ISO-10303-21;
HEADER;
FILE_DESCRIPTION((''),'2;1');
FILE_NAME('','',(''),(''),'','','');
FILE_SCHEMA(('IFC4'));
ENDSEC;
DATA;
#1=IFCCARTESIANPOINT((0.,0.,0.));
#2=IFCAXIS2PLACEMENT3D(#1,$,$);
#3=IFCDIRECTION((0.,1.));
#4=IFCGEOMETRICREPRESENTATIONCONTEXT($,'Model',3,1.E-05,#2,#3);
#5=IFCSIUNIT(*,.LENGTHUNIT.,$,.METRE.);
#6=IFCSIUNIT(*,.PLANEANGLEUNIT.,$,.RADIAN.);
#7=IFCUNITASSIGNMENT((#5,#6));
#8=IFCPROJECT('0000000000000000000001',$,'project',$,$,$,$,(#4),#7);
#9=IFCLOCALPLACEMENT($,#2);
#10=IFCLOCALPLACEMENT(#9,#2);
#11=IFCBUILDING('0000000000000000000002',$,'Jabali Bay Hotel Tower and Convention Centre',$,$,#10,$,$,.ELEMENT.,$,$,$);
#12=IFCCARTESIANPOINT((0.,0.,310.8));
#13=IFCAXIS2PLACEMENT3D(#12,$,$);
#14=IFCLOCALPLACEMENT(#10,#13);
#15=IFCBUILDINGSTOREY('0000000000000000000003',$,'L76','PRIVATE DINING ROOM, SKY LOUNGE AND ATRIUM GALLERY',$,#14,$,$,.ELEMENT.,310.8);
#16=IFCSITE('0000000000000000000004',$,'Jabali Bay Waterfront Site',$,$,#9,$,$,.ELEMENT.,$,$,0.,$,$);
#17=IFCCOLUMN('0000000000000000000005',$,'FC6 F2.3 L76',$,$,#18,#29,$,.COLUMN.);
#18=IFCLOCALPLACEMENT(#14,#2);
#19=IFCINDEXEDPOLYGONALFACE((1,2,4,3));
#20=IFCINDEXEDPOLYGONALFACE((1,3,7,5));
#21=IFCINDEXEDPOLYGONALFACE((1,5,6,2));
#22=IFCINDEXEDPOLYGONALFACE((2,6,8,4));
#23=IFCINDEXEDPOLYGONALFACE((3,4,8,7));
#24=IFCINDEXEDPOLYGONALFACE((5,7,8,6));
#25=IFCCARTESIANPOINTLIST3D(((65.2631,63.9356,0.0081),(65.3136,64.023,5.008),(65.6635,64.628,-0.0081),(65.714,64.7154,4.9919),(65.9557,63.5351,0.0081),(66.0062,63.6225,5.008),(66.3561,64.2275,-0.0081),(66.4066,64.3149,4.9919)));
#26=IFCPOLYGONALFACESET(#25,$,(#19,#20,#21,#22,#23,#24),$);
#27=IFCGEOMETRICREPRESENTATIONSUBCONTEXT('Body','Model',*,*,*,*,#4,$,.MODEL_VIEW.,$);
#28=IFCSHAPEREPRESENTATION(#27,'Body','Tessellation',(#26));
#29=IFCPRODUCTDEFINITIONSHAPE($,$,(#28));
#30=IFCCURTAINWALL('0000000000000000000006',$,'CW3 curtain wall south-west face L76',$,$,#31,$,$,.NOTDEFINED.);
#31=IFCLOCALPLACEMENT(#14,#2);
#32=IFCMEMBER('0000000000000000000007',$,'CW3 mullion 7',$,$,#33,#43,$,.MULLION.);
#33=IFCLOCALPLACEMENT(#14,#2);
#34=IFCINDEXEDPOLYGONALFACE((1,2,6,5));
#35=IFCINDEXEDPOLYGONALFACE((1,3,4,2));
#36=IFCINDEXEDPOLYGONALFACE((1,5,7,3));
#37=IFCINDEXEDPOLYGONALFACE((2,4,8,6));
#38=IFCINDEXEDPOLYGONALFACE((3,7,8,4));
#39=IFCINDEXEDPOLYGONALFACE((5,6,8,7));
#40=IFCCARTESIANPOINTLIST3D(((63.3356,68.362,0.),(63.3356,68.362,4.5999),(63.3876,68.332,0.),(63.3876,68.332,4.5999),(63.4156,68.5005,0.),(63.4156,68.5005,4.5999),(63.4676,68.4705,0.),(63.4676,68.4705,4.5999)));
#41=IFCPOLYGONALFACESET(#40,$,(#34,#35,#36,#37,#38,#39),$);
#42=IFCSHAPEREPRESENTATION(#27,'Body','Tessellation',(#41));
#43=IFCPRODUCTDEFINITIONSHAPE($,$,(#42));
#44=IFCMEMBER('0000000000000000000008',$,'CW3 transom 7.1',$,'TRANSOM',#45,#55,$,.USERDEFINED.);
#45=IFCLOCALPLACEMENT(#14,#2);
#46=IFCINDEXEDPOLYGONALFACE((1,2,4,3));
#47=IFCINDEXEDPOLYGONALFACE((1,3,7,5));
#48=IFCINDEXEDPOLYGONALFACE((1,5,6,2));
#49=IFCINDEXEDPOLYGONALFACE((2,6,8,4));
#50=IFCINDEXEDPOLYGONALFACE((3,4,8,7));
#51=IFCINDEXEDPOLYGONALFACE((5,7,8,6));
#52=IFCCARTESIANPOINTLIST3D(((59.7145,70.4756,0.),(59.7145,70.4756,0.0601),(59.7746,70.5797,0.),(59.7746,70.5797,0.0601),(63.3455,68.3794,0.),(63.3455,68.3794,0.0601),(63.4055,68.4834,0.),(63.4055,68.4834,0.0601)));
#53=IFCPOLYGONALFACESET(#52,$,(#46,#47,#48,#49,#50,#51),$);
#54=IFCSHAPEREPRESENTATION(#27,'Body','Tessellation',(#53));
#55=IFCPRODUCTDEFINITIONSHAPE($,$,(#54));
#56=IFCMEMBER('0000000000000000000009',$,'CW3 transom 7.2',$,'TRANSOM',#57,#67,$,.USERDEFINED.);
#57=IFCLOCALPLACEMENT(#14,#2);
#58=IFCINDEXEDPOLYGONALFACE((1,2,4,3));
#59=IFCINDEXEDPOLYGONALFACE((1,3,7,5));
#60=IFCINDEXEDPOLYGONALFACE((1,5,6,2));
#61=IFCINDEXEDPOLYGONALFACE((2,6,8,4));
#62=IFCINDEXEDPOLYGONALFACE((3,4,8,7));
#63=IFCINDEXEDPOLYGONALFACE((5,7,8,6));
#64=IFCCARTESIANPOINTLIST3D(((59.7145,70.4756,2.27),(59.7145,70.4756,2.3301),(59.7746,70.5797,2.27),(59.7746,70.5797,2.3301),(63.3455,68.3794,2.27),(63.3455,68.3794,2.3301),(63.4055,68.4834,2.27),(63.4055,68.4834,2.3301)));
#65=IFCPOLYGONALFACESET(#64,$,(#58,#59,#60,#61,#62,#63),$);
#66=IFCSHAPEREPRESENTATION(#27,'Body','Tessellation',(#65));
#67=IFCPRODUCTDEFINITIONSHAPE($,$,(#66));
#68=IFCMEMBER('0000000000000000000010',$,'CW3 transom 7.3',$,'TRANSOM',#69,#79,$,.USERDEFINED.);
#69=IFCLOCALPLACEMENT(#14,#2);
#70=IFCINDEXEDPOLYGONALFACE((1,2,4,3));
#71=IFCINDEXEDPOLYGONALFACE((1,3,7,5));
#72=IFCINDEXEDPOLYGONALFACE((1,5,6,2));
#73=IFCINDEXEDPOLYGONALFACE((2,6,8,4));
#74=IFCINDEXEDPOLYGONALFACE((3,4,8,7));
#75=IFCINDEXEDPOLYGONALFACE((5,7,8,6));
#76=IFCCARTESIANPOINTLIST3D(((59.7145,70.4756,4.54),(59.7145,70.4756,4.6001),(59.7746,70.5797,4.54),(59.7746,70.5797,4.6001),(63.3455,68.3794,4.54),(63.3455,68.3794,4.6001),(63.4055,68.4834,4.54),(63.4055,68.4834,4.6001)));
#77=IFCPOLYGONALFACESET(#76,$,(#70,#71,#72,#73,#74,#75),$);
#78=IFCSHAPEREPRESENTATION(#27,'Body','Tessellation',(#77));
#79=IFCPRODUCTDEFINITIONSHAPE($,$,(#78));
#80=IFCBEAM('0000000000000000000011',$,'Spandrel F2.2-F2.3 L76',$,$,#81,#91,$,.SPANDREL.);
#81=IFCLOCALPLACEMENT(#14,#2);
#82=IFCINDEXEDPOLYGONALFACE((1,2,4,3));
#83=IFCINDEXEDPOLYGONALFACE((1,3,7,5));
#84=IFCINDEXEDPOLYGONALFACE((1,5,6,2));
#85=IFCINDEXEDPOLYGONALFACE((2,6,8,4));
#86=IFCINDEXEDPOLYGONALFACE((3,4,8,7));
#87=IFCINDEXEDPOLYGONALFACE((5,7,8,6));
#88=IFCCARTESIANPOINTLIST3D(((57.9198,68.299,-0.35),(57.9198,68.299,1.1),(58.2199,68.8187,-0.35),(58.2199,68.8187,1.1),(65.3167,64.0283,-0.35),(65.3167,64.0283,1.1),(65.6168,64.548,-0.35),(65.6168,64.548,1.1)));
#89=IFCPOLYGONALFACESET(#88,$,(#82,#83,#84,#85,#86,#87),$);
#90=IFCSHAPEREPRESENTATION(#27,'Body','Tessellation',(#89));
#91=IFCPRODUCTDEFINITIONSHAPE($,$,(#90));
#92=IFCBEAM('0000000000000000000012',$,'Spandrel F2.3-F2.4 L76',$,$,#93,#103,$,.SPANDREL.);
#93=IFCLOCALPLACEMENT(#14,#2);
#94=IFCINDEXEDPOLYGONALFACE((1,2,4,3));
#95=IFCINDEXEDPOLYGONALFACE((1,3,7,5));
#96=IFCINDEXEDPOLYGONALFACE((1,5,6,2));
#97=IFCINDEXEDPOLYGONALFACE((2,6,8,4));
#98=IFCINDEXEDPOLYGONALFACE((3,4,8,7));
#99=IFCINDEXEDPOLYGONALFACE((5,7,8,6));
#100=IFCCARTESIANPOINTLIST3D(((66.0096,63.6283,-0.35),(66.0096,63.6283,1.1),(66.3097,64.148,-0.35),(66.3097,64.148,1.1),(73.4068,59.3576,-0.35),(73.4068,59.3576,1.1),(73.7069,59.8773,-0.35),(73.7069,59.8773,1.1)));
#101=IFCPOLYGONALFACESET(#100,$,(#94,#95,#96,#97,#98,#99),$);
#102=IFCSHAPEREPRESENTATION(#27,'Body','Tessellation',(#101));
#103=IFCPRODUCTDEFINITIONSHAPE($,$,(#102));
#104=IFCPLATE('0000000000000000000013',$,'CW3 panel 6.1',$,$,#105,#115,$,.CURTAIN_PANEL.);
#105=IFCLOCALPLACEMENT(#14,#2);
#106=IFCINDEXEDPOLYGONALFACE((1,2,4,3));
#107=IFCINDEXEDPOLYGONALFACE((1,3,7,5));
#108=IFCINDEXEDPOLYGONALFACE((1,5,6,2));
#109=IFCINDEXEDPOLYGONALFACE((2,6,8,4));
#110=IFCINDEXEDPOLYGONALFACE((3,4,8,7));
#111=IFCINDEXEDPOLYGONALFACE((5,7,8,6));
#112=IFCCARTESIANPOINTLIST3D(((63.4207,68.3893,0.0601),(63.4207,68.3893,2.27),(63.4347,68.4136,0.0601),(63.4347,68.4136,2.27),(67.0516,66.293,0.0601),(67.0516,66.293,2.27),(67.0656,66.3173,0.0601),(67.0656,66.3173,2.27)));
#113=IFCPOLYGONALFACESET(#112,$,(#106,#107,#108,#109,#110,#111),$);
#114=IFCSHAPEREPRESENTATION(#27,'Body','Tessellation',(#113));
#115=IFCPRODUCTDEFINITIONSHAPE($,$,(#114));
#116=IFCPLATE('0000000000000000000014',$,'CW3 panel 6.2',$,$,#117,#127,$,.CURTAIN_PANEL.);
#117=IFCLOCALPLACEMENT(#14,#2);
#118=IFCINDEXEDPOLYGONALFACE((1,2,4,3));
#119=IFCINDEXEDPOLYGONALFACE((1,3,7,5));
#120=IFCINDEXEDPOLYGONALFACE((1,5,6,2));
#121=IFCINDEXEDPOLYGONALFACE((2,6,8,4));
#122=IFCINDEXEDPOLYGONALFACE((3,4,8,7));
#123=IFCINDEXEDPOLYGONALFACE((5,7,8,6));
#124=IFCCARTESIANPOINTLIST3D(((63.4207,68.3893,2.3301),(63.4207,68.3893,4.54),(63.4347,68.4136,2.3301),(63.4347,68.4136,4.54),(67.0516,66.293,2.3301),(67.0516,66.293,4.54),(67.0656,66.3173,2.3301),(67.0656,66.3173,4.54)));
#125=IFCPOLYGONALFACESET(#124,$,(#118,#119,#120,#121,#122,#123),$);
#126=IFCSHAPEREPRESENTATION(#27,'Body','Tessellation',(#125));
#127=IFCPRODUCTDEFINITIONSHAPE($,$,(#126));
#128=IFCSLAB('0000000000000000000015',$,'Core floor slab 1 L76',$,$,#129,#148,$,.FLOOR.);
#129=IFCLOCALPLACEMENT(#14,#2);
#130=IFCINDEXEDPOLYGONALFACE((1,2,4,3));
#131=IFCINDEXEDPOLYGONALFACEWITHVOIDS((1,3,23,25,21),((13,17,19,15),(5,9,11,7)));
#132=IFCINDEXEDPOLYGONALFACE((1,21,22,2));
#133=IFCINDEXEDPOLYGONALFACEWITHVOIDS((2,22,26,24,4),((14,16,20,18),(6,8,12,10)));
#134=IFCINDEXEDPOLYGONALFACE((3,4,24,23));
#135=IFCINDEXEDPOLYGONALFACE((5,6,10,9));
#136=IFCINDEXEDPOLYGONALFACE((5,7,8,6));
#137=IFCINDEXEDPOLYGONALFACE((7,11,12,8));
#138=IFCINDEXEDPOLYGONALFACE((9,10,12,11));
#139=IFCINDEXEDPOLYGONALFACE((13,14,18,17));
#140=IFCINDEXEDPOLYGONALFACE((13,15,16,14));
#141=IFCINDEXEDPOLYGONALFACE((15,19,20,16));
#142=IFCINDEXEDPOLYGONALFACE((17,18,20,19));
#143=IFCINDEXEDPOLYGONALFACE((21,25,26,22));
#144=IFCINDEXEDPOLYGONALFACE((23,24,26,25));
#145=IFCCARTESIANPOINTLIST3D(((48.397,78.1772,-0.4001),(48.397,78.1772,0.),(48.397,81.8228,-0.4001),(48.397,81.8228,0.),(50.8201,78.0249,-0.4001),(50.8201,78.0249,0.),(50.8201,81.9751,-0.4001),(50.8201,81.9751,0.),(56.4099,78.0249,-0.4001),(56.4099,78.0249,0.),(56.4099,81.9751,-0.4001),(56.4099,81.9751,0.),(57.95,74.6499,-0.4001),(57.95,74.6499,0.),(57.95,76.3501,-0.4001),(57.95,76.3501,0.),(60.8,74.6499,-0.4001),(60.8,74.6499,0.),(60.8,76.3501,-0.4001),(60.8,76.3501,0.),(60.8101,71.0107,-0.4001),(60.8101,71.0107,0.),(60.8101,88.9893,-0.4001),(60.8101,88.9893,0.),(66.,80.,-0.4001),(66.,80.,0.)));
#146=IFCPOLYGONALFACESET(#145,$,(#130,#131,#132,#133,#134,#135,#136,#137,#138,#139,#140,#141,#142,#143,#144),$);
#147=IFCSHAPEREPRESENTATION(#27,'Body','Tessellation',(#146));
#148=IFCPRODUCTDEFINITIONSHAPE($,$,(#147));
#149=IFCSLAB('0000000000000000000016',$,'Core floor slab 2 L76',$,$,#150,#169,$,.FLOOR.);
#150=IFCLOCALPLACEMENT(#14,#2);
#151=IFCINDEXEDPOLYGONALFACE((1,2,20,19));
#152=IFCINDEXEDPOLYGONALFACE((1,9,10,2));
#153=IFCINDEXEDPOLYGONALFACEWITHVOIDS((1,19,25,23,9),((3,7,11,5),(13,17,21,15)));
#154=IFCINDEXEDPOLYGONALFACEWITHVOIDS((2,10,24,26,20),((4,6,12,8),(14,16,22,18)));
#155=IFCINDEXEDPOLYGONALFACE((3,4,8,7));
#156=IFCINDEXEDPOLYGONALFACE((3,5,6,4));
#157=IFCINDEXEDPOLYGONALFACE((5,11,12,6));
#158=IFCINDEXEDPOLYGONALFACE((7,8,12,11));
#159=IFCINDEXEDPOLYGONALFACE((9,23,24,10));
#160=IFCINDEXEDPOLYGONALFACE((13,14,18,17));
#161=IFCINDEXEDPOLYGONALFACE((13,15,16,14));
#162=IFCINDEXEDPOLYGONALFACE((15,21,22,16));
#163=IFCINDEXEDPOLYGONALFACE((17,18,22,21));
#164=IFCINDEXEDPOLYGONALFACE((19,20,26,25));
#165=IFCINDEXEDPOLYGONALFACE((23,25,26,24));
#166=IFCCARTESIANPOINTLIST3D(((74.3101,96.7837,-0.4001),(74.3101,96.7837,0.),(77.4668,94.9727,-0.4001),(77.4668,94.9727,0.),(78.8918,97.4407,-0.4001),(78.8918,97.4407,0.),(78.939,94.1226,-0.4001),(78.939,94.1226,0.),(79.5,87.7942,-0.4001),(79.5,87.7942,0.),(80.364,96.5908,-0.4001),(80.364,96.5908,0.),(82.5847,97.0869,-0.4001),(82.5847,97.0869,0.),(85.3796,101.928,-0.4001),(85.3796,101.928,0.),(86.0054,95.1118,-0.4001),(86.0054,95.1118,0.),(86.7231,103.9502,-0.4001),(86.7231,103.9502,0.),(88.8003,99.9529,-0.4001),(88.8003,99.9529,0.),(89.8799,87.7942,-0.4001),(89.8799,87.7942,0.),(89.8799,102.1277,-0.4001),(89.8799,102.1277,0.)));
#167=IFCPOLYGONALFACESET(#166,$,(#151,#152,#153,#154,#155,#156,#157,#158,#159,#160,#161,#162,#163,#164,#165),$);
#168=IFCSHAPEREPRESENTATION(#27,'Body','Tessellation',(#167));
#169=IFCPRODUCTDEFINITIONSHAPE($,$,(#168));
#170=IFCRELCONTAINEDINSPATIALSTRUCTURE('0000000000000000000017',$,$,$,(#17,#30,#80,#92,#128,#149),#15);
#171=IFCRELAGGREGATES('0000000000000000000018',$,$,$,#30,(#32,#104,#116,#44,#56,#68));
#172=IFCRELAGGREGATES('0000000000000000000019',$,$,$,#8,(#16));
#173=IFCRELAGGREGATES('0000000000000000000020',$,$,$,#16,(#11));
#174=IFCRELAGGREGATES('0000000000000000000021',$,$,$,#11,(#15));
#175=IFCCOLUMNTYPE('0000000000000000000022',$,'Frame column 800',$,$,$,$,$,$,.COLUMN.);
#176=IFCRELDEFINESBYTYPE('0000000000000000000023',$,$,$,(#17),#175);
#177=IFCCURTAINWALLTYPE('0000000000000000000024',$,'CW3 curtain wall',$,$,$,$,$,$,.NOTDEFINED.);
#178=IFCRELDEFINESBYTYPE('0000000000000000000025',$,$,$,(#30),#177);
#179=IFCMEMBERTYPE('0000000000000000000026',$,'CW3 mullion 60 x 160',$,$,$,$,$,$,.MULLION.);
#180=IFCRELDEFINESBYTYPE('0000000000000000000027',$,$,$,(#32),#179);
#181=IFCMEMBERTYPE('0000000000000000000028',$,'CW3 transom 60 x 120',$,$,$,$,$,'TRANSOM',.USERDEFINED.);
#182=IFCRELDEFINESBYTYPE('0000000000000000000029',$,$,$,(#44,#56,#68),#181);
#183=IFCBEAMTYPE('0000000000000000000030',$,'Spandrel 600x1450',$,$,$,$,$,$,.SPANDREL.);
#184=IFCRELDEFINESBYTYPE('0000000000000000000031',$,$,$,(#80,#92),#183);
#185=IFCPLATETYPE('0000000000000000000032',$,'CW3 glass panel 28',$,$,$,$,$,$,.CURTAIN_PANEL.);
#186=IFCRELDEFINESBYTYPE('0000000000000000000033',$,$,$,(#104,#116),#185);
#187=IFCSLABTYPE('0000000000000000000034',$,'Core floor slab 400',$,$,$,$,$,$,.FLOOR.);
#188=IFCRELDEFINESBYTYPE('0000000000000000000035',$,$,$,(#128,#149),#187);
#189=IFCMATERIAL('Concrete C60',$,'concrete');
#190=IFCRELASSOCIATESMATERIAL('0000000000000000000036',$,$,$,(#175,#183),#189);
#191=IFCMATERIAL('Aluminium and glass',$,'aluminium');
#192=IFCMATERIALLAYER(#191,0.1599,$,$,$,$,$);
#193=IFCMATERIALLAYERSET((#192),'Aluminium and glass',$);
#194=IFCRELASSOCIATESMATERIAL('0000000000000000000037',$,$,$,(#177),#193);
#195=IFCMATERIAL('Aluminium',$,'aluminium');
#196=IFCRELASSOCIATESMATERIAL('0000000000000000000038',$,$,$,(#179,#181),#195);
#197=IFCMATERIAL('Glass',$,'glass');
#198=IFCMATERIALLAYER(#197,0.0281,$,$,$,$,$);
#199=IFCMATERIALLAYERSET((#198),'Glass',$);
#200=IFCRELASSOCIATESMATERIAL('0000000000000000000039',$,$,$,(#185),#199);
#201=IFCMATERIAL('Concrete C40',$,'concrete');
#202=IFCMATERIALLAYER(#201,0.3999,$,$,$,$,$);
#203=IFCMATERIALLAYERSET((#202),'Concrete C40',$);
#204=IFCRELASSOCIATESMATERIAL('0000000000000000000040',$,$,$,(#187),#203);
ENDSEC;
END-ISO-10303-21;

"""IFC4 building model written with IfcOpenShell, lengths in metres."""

from ifc_helpers import new_model, si_unit, direction, frame, origin, origin_2d, place, context, subcontext, project, spatial, polyline, rectangle, outline, extrude, material, layer, layer_set, material_profile, profile_set, type_object, element, aggregate, save


model = new_model("IFC4")

# Units and contexts
model_context = context("Model", 3, precision=1e-05, world=origin(), true_north=direction((0.0, 1.0)))
body_context = subcontext(model_context, "Body", "Model", "MODEL_VIEW")
ifc_project = project(units=[si_unit("LENGTHUNIT", "METRE"), si_unit("PLANEANGLEUNIT", "RADIAN")], contexts=[model_context])

# Site, building, storey
site_placement = place(None, origin())
site = spatial("IfcSite", under=ifc_project, at=site_placement, Name="Jabali Bay Waterfront Site", CompositionType="ELEMENT", RefElevation=0.0)
building_placement = place(site_placement, origin())
building = spatial("IfcBuilding", under=site, at=building_placement, Name="Jabali Bay Hotel Tower and Convention Centre", CompositionType="ELEMENT")
storey_placement = place(building_placement, frame((0.0, 0.0, 310.8)))
storey = spatial("IfcBuildingStorey", under=building, at=storey_placement, Name="L76", Description="PRIVATE DINING ROOM, SKY LOUNGE AND ATRIUM GALLERY", CompositionType="ELEMENT", Elevation=310.8)

# Column
ifc_material_1 = material(Name="Concrete C60", Category="concrete")
ifc_material_profile_1 = material_profile(ifc_material_1, rectangle(XDim=0.8, YDim=0.8, at=origin_2d()), Name="Frame column 800")
ifc_profile_set_1 = profile_set([ifc_material_profile_1], Name="Concrete C60")
column_type = type_object("IfcColumnType", Name="Frame column 800", PredefinedType="COLUMN", material=ifc_profile_set_1)
column_placement = place(storey_placement, frame((65.8096, 64.0815, 0.0), z_axis=(0.010105, 0.017477, 0.999796), x_axis=(-0.500462, -0.865523, 0.020188)))
element("IfcColumn", 1, at=column_placement, inside=storey, type_object=column_type, Name="FC6 F2.3 L76", PredefinedType="COLUMN", context=body_context, shape_type="SweptSolid", body=[
    extrude(rectangle(XDim=0.8, YDim=0.8, at=origin_2d()), origin(), (0.0, 0.0, 1.0), 5.001),
])

# Curtain wall, members
ifc_material_2 = material(Name="Aluminium and glass", Category="aluminium")
ifc_layer_1 = layer(ifc_material_2, 0.1599)
ifc_layer_set_1 = layer_set([ifc_layer_1], Name="Aluminium and glass")
curtain_wall_type = type_object("IfcCurtainWallType", Name="CW3 curtain wall", PredefinedType="NOTDEFINED", material=ifc_layer_set_1)
curtain_wall_placement = place(storey_placement, origin())
curtain_wall = element("IfcCurtainWall", 2, at=curtain_wall_placement, inside=storey, type_object=curtain_wall_type, Name="CW3 curtain wall south-west face L76", PredefinedType="NOTDEFINED")
ifc_material_3 = material(Name="Aluminium", Category="aluminium")
ifc_material_profile_2 = material_profile(ifc_material_3, rectangle(XDim=0.1599, YDim=0.0601, at=origin_2d()), Name="CW3 mullion 60 x 160")
ifc_profile_set_2 = profile_set([ifc_material_profile_2], Name="Aluminium")
member_type_1 = type_object("IfcMemberType", Name="CW3 mullion 60 x 160", PredefinedType="MULLION", material=ifc_profile_set_2)
member_1_placement = place(storey_placement, frame((63.4016, 68.4163, 0.0), z_axis=(0.0, 0.0, 1.0), x_axis=(-0.5, -0.866025, 0.0)))
member_1 = element("IfcMember", 3, at=member_1_placement, type_object=member_type_1, Name="CW3 mullion 7", PredefinedType="MULLION", context=body_context, shape_type="SweptSolid", body=[
    extrude(rectangle(XDim=0.1599, YDim=0.0601, at=origin_2d()), origin(), (0.0, 0.0, 1.0), 4.5999),
])
ifc_material_profile_3 = material_profile(ifc_material_3, rectangle(XDim=0.1201, YDim=0.0601, at=origin_2d()), Name="CW3 transom 60 x 120")
ifc_profile_set_3 = profile_set([ifc_material_profile_3], Name="Aluminium")
member_type_2 = type_object("IfcMemberType", Name="CW3 transom 60 x 120", ElementType="TRANSOM", PredefinedType="USERDEFINED", material=ifc_profile_set_3)
member_2_placement = place(storey_placement, frame((63.3755, 68.4314, 0.03), z_axis=(-0.866034, 0.499985, 0.0), x_axis=(-0.499985, -0.866034, 0.0)))
member_2 = element("IfcMember", 4, at=member_2_placement, type_object=member_type_2, Name="CW3 transom 7.1", ObjectType="TRANSOM", PredefinedType="USERDEFINED", context=body_context, shape_type="SweptSolid", body=[
    extrude(rectangle(XDim=0.1201, YDim=0.0601, at=origin_2d()), origin(), (0.0, 0.0, 1.0), 4.1926),
])
member_3_placement = place(storey_placement, frame((63.3755, 68.4314, 2.3), z_axis=(-0.866034, 0.499985, 0.0), x_axis=(-0.499985, -0.866034, 0.0)))
member_3 = element("IfcMember", 5, at=member_3_placement, type_object=member_type_2, Name="CW3 transom 7.2", ObjectType="TRANSOM", PredefinedType="USERDEFINED", context=body_context, shape_type="SweptSolid", body=[
    extrude(rectangle(XDim=0.1201, YDim=0.0601, at=origin_2d()), origin(), (0.0, 0.0, 1.0), 4.1926),
])
member_4_placement = place(storey_placement, frame((63.3755, 68.4314, 4.5701), z_axis=(-0.866034, 0.499985, 0.0), x_axis=(-0.499985, -0.866034, 0.0)))
member_4 = element("IfcMember", 6, at=member_4_placement, type_object=member_type_2, Name="CW3 transom 7.3", ObjectType="TRANSOM", PredefinedType="USERDEFINED", context=body_context, shape_type="SweptSolid", body=[
    extrude(rectangle(XDim=0.1201, YDim=0.0601, at=origin_2d()), origin(), (0.0, 0.0, 1.0), 4.1926),
])

# Beams
ifc_material_profile_4 = material_profile(ifc_material_1, rectangle(XDim=0.6001, YDim=1.45, at=origin_2d()), Name="Spandrel 600x1450")
ifc_profile_set_4 = profile_set([ifc_material_profile_4], Name="Concrete C60")
beam_type = type_object("IfcBeamType", Name="Spandrel 600x1450", PredefinedType="SPANDREL", material=ifc_profile_set_4)
beam_1_placement = place(storey_placement, frame((58.0698, 68.5588, 0.375), z_axis=(0.86602, -0.500009, 0.0), x_axis=(0.500009, 0.86602, 0.0)))
element("IfcBeam", 7, at=beam_1_placement, inside=storey, type_object=beam_type, Name="Spandrel F2.2-F2.3 L76", PredefinedType="SPANDREL", context=body_context, shape_type="SweptSolid", body=[
    extrude(rectangle(XDim=0.6001, YDim=1.45, at=origin_2d()), origin(), (0.0, 0.0, 1.0), 8.5413),
])
beam_2_placement = place(storey_placement, frame((66.1597, 63.8882, 0.375), z_axis=(0.866027, -0.499997, 0.0), x_axis=(0.499997, 0.866027, 0.0)))
element("IfcBeam", 8, at=beam_2_placement, inside=storey, type_object=beam_type, Name="Spandrel F2.3-F2.4 L76", PredefinedType="SPANDREL", context=body_context, shape_type="SweptSolid", body=[
    extrude(rectangle(XDim=0.6001, YDim=1.45, at=origin_2d()), origin(), (0.0, 0.0, 1.0), 8.5415),
])

# Plates
ifc_material_4 = material(Name="Glass", Category="glass")
ifc_layer_2 = layer(ifc_material_4, 0.0281)
ifc_layer_set_2 = layer_set([ifc_layer_2], Name="Glass")
plate_type = type_object("IfcPlateType", Name="CW3 glass panel 28", PredefinedType="CURTAIN_PANEL", material=ifc_layer_set_2)
plate_1_placement = place(storey_placement, frame((65.2432, 67.3533, 0.0601), z_axis=(0.0, 0.0, 1.0), x_axis=(-0.866025, 0.5, 0.0)))
plate_1 = element("IfcPlate", 9, at=plate_1_placement, type_object=plate_type, Name="CW3 panel 6.1", PredefinedType="CURTAIN_PANEL", context=body_context, shape_type="SweptSolid", body=[
    extrude(rectangle(XDim=4.1926, YDim=0.0281, at=origin_2d()), origin(), (0.0, 0.0, 1.0), 2.21),
])
plate_2_placement = place(storey_placement, frame((65.2432, 67.3533, 2.3301), z_axis=(0.0, 0.0, 1.0), x_axis=(-0.866025, 0.5, 0.0)))
plate_2 = element("IfcPlate", 10, at=plate_2_placement, type_object=plate_type, Name="CW3 panel 6.2", PredefinedType="CURTAIN_PANEL", context=body_context, shape_type="SweptSolid", body=[
    extrude(rectangle(XDim=4.1926, YDim=0.0281, at=origin_2d()), origin(), (0.0, 0.0, 1.0), 2.21),
])
aggregate(curtain_wall, [member_1, plate_1, plate_2, member_2, member_3, member_4])

# Slabs
ifc_material_5 = material(Name="Concrete C40", Category="concrete")
ifc_layer_3 = layer(ifc_material_5, 0.3999)
ifc_layer_set_3 = layer_set([ifc_layer_3], Name="Concrete C40")
slab_type_1 = type_object("IfcSlabType", Name="Core floor slab 400", PredefinedType="FLOOR", material=ifc_layer_set_3)
slab_1_placement = place(storey_placement, frame((0.0, 0.0, -0.4001)))
element("IfcSlab", 11, at=slab_1_placement, inside=storey, type_object=slab_type_1, Name="Core floor slab 1 L76", PredefinedType="FLOOR", context=body_context, shape_type="SweptSolid", body=[
    extrude(outline(polyline([(66.0, 80.0), (60.8101, 88.9893), (48.397, 81.8228), (48.397, 78.1772), (60.8101, 71.0107), (66.0, 80.0)]), holes=[polyline([(60.8, 76.3501), (57.95, 76.3501), (57.95, 74.6499), (60.8, 74.6499), (60.8, 76.3501)]), polyline([(50.8201, 81.9751), (50.8201, 78.0249), (56.4099, 78.0249), (56.4099, 81.9751), (50.8201, 81.9751)])]), origin(), (0.0, 0.0, 1.0), 0.4001),
])
slab_2_placement = place(storey_placement, frame((0.0, 0.0, -0.4001)))
element("IfcSlab", 12, at=slab_2_placement, inside=storey, type_object=slab_type_1, Name="Core floor slab 2 L76", PredefinedType="FLOOR", context=body_context, shape_type="SweptSolid", body=[
    extrude(outline(polyline([(79.5, 87.7942), (89.8799, 87.7942), (89.8799, 102.1277), (86.7231, 103.9502), (74.3101, 96.7837), (79.5, 87.7942)]), holes=[polyline([(78.939, 94.1226), (80.364, 96.5908), (78.8918, 97.4407), (77.4668, 94.9727), (78.939, 94.1226)]), polyline([(88.8003, 99.9529), (85.3796, 101.928), (82.5847, 97.0869), (86.0054, 95.1118), (88.8003, 99.9529)])]), origin(), (0.0, 0.0, 1.0), 0.4001),
])

save(model, "model.ifc")
